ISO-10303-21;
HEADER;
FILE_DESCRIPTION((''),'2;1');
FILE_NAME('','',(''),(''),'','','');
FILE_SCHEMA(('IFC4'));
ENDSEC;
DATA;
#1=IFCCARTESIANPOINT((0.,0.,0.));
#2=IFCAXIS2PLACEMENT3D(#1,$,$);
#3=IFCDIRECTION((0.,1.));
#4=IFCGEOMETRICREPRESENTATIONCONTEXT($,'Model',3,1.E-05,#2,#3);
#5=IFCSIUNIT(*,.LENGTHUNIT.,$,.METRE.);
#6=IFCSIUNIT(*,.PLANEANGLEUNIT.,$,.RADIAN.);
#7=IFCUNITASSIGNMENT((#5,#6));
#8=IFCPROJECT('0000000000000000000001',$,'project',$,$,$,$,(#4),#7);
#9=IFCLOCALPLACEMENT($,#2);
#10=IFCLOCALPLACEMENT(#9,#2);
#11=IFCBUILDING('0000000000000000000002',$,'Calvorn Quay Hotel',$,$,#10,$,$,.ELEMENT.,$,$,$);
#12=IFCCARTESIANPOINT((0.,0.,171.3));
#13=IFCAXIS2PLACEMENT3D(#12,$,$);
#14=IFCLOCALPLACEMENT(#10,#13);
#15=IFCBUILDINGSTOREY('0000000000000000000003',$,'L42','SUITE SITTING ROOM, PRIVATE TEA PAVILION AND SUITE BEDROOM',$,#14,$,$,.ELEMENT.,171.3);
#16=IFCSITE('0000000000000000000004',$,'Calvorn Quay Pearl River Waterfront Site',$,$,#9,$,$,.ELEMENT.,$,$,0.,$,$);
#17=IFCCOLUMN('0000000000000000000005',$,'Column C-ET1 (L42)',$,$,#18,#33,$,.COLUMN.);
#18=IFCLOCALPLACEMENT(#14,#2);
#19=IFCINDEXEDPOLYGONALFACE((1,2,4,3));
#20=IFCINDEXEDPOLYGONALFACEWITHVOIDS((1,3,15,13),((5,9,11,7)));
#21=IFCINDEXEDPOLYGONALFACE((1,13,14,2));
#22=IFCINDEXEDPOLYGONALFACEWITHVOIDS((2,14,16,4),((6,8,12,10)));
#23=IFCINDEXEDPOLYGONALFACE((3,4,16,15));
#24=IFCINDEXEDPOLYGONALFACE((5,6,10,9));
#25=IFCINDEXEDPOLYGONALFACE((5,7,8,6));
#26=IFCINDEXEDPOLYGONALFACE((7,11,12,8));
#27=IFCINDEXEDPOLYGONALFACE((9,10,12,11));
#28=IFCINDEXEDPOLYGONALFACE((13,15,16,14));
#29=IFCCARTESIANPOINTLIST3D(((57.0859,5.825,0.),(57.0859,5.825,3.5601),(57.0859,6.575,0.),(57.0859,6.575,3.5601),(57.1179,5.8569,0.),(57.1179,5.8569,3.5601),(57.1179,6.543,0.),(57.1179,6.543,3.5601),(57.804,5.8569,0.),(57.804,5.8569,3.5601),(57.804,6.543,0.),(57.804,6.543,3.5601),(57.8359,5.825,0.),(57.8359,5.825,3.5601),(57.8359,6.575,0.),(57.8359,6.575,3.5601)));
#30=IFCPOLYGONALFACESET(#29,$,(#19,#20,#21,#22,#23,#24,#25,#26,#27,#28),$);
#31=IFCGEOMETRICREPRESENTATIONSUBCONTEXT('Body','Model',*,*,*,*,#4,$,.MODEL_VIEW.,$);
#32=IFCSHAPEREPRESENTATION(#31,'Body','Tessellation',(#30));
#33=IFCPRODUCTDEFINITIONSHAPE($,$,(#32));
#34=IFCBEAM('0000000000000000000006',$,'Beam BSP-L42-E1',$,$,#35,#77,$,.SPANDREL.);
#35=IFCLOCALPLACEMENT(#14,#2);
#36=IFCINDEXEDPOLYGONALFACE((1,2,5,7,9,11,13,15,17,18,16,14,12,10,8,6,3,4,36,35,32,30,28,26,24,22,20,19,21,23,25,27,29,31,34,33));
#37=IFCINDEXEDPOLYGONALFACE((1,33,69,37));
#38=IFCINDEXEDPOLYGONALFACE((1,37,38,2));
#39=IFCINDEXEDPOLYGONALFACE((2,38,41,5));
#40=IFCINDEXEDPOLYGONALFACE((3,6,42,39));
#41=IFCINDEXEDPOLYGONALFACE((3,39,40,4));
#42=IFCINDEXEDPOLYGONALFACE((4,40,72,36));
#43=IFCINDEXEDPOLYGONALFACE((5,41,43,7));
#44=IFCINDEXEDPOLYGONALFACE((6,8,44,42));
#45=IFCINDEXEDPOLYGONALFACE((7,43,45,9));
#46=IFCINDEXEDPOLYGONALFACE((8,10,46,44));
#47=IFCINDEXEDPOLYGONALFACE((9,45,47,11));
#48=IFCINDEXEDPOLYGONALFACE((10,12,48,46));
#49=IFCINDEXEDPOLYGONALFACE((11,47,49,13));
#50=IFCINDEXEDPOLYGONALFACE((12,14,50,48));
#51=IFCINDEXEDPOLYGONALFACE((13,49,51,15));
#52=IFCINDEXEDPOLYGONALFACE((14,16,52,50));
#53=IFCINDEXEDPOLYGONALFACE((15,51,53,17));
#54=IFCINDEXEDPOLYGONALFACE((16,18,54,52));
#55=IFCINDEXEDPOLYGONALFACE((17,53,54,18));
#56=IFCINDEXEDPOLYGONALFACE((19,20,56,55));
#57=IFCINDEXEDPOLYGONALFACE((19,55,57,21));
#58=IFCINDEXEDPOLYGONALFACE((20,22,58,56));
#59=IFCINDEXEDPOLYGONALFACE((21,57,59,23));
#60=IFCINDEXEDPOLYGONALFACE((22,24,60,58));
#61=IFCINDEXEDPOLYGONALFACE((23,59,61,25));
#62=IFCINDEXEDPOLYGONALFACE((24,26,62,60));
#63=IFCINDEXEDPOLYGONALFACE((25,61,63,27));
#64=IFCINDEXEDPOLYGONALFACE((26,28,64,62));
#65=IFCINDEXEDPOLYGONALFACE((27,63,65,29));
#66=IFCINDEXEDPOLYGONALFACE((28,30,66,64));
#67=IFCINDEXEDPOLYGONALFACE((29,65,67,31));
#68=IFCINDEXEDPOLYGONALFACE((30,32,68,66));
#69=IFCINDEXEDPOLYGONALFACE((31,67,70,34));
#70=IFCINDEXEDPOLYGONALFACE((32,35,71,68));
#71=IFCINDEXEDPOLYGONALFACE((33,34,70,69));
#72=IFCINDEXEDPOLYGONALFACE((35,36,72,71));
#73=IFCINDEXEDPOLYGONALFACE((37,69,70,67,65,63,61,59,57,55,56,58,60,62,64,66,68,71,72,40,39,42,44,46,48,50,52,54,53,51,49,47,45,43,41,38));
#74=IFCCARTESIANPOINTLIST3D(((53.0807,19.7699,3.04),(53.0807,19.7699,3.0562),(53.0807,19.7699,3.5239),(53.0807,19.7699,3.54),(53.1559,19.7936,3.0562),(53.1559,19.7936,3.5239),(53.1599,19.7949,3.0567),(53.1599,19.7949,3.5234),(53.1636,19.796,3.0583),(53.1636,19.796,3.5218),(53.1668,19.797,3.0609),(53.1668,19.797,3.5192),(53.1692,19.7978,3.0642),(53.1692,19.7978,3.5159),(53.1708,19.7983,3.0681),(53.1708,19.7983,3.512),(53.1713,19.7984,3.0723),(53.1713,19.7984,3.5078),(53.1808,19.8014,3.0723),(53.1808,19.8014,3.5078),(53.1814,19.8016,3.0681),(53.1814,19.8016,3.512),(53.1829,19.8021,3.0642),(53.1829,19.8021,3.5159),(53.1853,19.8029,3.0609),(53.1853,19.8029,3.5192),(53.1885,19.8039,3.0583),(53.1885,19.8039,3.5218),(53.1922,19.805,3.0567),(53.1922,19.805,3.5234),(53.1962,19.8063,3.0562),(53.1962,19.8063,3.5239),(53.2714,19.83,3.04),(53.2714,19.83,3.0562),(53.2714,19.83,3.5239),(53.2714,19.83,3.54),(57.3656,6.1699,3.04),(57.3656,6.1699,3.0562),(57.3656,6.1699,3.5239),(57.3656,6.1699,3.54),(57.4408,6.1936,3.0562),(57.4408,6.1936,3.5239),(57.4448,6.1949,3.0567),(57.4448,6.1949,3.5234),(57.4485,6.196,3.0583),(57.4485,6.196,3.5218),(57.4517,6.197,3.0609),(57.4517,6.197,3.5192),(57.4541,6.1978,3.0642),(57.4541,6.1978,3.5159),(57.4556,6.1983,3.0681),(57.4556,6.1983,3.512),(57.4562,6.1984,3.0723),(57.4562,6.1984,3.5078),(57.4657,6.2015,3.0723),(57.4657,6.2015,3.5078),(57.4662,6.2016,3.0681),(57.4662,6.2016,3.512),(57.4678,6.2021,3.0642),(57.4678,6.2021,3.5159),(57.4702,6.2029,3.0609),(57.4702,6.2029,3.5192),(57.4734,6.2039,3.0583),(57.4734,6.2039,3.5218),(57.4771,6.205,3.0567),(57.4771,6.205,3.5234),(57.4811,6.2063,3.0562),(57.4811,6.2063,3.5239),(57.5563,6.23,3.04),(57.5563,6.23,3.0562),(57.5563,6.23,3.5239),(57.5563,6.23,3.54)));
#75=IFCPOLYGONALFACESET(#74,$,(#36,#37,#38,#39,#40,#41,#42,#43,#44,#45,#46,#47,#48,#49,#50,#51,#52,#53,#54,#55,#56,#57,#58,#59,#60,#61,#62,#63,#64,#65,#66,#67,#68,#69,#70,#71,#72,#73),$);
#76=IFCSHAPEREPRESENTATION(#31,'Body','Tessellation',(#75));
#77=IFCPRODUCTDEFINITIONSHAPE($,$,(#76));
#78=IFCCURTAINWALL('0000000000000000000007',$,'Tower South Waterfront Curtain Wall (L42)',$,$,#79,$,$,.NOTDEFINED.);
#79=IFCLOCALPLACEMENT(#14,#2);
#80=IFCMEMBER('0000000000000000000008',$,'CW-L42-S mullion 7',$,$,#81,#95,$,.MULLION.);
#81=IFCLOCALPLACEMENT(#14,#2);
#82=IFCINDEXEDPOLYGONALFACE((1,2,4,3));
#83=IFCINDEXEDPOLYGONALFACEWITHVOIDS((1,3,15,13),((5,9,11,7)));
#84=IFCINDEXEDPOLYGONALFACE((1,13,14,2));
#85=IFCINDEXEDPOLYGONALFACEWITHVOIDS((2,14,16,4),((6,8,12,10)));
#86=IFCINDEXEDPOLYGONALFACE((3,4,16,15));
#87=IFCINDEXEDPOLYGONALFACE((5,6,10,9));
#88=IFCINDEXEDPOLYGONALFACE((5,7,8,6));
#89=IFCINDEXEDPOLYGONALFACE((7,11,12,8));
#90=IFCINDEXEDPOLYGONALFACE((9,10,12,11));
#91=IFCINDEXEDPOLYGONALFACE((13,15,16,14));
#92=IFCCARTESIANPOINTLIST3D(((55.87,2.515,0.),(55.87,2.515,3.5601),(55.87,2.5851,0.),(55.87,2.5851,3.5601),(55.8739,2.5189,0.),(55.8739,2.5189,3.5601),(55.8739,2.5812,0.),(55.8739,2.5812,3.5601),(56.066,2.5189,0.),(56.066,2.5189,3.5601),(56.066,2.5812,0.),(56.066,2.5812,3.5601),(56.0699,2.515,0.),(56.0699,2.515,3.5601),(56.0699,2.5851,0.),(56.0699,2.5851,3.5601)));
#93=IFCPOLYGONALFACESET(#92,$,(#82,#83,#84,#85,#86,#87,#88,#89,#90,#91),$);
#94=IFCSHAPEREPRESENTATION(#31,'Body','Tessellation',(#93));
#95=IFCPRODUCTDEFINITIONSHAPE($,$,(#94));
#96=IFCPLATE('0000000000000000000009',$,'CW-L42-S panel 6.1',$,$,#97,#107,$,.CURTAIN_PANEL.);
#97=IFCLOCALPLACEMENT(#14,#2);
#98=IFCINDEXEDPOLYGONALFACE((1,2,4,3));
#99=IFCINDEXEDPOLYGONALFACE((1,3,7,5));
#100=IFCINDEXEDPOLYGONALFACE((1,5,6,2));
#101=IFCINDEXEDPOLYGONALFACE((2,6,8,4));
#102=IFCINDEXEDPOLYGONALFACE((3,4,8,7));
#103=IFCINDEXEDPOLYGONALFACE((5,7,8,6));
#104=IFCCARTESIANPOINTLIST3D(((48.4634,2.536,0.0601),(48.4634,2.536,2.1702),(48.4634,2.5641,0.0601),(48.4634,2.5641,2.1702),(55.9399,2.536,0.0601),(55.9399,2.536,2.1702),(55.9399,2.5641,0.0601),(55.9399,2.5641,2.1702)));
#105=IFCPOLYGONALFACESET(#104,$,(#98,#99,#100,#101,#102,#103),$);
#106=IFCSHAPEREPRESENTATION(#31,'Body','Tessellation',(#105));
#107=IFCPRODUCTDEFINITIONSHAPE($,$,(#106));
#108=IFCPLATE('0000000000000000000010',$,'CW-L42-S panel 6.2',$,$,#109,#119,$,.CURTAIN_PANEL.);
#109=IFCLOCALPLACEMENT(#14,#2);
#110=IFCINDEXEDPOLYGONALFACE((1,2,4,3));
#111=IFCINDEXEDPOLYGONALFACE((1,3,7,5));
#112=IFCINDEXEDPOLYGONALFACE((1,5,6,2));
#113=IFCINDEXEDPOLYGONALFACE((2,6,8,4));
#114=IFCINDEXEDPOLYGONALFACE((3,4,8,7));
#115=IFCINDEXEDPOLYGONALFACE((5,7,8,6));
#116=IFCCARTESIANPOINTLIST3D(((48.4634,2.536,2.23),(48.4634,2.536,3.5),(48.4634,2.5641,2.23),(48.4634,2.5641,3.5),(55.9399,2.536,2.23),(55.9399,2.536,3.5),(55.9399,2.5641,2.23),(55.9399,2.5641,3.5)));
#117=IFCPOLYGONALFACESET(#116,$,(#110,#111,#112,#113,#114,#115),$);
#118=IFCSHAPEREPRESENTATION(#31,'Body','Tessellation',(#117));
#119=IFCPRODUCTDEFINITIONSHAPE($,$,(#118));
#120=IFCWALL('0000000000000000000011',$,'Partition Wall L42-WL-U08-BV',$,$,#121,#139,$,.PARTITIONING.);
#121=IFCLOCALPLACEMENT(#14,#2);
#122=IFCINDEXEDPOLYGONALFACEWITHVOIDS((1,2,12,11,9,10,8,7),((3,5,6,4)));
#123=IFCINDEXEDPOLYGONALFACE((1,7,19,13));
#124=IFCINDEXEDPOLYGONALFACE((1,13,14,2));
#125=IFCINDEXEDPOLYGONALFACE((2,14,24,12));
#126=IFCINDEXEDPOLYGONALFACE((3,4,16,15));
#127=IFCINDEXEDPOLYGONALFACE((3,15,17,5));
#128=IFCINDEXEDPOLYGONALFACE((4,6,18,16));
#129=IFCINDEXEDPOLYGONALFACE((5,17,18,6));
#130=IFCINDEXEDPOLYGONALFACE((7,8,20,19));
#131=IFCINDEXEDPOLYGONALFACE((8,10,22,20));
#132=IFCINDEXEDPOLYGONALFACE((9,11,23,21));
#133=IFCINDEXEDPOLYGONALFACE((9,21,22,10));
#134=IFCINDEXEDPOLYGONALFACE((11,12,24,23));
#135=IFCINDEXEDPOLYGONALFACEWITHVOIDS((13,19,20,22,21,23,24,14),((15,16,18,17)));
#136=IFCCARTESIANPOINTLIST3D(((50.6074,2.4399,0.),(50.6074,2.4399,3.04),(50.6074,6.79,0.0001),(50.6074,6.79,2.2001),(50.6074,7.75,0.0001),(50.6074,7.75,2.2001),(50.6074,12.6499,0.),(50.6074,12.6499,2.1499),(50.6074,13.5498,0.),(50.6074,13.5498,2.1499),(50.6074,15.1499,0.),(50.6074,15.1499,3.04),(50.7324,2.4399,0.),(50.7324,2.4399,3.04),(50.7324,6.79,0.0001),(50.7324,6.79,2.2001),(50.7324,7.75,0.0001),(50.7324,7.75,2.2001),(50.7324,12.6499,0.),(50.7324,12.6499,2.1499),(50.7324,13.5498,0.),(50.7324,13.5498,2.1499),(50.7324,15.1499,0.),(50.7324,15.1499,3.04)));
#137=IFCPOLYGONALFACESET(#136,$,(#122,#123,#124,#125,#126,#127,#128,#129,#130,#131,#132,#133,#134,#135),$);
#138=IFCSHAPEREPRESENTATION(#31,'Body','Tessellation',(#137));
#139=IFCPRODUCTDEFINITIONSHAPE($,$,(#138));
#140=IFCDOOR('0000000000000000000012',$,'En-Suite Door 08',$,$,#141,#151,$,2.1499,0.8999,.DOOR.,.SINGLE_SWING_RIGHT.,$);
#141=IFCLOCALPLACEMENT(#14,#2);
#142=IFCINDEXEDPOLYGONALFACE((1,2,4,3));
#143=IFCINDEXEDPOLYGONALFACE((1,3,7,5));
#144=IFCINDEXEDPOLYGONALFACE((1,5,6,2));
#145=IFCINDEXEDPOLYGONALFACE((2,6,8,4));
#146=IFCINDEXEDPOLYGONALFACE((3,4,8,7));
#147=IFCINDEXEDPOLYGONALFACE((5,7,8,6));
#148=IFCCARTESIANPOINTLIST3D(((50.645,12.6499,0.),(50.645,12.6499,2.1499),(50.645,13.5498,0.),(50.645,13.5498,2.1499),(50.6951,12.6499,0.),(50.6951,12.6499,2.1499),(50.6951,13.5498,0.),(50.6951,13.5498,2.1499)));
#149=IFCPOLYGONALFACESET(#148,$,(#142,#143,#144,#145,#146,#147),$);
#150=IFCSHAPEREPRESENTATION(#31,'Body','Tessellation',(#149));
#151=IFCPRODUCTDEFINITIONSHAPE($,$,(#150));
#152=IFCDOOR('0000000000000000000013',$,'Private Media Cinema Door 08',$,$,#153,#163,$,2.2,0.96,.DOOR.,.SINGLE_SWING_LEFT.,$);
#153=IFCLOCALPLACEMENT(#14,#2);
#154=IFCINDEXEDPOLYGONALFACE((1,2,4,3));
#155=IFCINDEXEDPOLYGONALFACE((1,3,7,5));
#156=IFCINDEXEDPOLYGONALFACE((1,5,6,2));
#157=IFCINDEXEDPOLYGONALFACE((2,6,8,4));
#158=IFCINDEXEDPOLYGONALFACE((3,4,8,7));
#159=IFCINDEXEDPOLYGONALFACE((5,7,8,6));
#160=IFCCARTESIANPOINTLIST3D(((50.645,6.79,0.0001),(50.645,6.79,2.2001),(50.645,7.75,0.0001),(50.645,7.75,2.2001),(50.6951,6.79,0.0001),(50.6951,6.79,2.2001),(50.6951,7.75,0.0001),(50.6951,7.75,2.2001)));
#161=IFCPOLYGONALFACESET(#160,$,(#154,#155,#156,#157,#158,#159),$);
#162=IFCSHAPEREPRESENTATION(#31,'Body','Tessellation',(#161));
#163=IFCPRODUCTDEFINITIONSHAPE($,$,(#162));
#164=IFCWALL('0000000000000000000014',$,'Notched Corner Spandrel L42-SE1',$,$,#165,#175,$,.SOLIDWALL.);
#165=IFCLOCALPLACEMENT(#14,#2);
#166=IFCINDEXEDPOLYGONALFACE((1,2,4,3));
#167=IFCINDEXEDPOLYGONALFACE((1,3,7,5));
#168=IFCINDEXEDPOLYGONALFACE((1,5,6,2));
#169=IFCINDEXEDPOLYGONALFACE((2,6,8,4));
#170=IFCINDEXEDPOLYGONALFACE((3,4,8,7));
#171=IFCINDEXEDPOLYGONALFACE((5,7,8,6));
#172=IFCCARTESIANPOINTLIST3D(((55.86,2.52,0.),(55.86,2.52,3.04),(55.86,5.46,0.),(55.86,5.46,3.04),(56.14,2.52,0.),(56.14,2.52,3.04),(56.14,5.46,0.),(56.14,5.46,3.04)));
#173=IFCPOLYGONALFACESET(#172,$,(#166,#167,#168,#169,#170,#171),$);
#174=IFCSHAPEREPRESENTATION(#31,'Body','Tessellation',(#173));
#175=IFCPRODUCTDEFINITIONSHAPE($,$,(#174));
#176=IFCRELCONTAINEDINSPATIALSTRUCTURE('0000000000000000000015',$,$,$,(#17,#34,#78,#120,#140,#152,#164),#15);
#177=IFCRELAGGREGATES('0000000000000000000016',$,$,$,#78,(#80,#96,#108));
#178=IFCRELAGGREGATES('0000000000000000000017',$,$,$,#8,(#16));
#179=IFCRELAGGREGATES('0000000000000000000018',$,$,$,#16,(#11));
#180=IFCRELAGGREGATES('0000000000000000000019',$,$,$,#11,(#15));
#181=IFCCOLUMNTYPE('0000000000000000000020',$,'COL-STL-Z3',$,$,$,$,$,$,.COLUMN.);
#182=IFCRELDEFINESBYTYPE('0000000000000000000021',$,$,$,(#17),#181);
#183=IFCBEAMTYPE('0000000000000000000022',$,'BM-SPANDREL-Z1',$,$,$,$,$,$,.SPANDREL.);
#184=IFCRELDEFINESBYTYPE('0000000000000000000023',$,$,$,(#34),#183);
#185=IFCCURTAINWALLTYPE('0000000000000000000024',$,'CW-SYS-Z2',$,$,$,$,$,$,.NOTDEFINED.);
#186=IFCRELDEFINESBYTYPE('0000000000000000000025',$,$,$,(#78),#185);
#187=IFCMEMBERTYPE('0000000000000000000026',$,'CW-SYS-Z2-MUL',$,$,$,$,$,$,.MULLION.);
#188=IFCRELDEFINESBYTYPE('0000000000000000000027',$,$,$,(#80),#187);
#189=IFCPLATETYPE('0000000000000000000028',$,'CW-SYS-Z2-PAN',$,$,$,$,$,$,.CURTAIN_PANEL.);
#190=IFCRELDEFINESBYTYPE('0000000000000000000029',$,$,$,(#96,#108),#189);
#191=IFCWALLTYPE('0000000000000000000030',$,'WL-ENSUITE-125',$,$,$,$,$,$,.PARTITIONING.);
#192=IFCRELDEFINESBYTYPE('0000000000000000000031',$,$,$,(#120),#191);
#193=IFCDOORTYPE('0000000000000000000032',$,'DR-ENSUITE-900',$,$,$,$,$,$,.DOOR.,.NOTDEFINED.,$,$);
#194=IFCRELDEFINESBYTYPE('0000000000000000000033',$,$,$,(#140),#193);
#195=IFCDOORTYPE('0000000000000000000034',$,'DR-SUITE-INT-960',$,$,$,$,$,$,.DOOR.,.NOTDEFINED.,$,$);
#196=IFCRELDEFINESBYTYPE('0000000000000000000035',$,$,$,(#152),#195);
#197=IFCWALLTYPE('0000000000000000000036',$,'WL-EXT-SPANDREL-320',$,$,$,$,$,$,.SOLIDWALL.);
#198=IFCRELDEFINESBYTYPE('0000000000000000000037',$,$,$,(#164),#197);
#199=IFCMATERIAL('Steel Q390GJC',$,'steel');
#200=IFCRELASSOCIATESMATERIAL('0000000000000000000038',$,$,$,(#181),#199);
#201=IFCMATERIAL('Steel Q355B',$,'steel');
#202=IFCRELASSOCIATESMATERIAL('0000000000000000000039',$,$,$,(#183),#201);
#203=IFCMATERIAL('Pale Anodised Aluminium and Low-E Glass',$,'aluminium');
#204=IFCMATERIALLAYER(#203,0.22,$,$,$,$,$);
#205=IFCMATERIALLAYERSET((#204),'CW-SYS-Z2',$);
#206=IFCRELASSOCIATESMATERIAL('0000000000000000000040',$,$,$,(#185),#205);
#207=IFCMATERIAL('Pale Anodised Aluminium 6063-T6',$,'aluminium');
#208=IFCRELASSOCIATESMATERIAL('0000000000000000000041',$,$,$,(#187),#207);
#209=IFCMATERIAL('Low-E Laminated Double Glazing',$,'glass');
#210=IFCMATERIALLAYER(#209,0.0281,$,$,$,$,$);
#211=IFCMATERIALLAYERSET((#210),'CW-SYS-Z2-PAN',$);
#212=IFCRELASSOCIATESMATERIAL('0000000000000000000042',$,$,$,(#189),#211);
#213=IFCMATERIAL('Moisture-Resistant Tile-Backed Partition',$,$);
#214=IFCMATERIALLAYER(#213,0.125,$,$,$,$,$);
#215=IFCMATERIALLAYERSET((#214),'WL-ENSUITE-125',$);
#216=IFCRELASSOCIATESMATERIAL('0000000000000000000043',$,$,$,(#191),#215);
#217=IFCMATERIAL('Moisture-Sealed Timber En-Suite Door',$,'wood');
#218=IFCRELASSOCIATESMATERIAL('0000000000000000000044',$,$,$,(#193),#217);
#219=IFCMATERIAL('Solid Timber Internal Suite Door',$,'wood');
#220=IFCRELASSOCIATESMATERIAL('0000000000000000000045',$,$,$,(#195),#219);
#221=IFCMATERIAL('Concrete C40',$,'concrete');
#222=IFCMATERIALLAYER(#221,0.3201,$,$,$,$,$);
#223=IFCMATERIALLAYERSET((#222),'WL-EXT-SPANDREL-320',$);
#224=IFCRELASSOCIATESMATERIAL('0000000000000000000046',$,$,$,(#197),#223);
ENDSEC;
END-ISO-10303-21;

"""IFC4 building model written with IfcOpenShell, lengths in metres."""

from ifc_helpers import new_model, si_unit, direction, frame, frame_2d, origin, origin_2d, place, context, subcontext, project, spatial, rectangle, hollow_rectangle, i_section, extrude, material, layer, layer_set, material_profile, profile_set, type_object, element, fill, aggregate, save


model = new_model("IFC4")

# Units and contexts
model_context = context("Model", 3, precision=1e-05, world=origin(), true_north=direction((0.0, 1.0)))
body_context = subcontext(model_context, "Body", "Model", "MODEL_VIEW")
ifc_project = project(units=[si_unit("LENGTHUNIT", "METRE"), si_unit("PLANEANGLEUNIT", "RADIAN")], contexts=[model_context])

# Site, building, storey
site_placement = place(None, origin())
site = spatial("IfcSite", under=ifc_project, at=site_placement, Name="Calvorn Quay Pearl River Waterfront Site", CompositionType="ELEMENT", RefElevation=0.0)
building_placement = place(site_placement, origin())
building = spatial("IfcBuilding", under=site, at=building_placement, Name="Calvorn Quay Hotel", CompositionType="ELEMENT")
storey_placement = place(building_placement, frame((0.0, 0.0, 171.3)))
storey = spatial("IfcBuildingStorey", under=building, at=storey_placement, Name="L42", Description="SUITE SITTING ROOM, PRIVATE TEA PAVILION AND SUITE BEDROOM", CompositionType="ELEMENT", Elevation=171.3)

# Column
ifc_material_1 = material(Name="Steel Q390GJC", Category="steel")
ifc_material_profile_1 = material_profile(ifc_material_1, hollow_rectangle(XDim=0.75, YDim=0.75, WallThickness=0.032, at=origin_2d()), Name="BOX750x750x32")
ifc_profile_set_1 = profile_set([ifc_material_profile_1], Name="Steel Q390GJC")
column_type = type_object("IfcColumnType", Name="COL-STL-Z3", PredefinedType="COLUMN", material=ifc_profile_set_1)
column_placement = place(storey_placement, frame((57.4609, 6.2, 0.0), z_axis=(0.0, 0.0, 1.0), x_axis=(1.0, 0.0, 0.0)))
element("IfcColumn", 1, at=column_placement, inside=storey, type_object=column_type, Name="Column C-ET1 (L42)", PredefinedType="COLUMN", context=body_context, shape_type="SweptSolid", body=[
    extrude(hollow_rectangle(XDim=0.75, YDim=0.75, WallThickness=0.032, at=origin_2d()), origin(), (0.0, 0.0, 1.0), 3.5601),
])

# Beam
ifc_material_2 = material(Name="Steel Q355B", Category="steel")
ifc_material_profile_2 = material_profile(ifc_material_2, i_section(OverallWidth=0.2, OverallDepth=0.5, WebThickness=0.01, FlangeThickness=0.0161, FilletRadius=0.0161, at=origin_2d()), Name="HN500x200x10x16")
ifc_profile_set_2 = profile_set([ifc_material_profile_2], Name="Steel Q355B")
beam_type = type_object("IfcBeamType", Name="BM-SPANDREL-Z1", PredefinedType="SPANDREL", material=ifc_profile_set_2)
beam_placement = place(storey_placement, frame((57.4609, 6.2, 3.29), z_axis=(-0.300503, 0.953781, 0.0), x_axis=(-0.953781, -0.300503, 0.0)))
element("IfcBeam", 2, at=beam_placement, inside=storey, type_object=beam_type, Name="Beam BSP-L42-E1", PredefinedType="SPANDREL", context=body_context, shape_type="SweptSolid", body=[
    extrude(i_section(OverallWidth=0.2, OverallDepth=0.5, WebThickness=0.01, FlangeThickness=0.0161, FilletRadius=0.0161, at=origin_2d()), origin(), (0.0, 0.0, 1.0), 14.259),
])

# Curtain wall, member, plates
ifc_material_3 = material(Name="Pale Anodised Aluminium and Low-E Glass", Category="aluminium")
ifc_layer_1 = layer(ifc_material_3, 0.22)
ifc_layer_set_1 = layer_set([ifc_layer_1], Name="CW-SYS-Z2")
curtain_wall_type = type_object("IfcCurtainWallType", Name="CW-SYS-Z2", PredefinedType="NOTDEFINED", material=ifc_layer_set_1)
curtain_wall_placement = place(storey_placement, origin())
curtain_wall = element("IfcCurtainWall", 3, at=curtain_wall_placement, inside=storey, type_object=curtain_wall_type, Name="Tower South Waterfront Curtain Wall (L42)", PredefinedType="NOTDEFINED")
ifc_material_4 = material(Name="Pale Anodised Aluminium 6063-T6", Category="aluminium")
ifc_material_profile_3 = material_profile(ifc_material_4, hollow_rectangle(XDim=0.0701, YDim=0.2, WallThickness=0.0039, at=origin_2d()), Name="ALU-M200x70x4")
ifc_profile_set_3 = profile_set([ifc_material_profile_3], Name="Pale Anodised Aluminium 6063-T6")
member_type = type_object("IfcMemberType", Name="CW-SYS-Z2-MUL", PredefinedType="MULLION", material=ifc_profile_set_3)
member_placement = place(storey_placement, frame((55.97, 2.55, 0.0), z_axis=(0.0, 0.0, 1.0), x_axis=(0.0, 1.0, 0.0)))
member = element("IfcMember", 4, at=member_placement, type_object=member_type, Name="CW-L42-S mullion 7", PredefinedType="MULLION", context=body_context, shape_type="SweptSolid", body=[
    extrude(hollow_rectangle(XDim=0.0701, YDim=0.2, WallThickness=0.0039, at=origin_2d()), origin(), (0.0, 0.0, 1.0), 3.5601),
])
ifc_material_5 = material(Name="Low-E Laminated Double Glazing", Category="glass")
ifc_layer_2 = layer(ifc_material_5, 0.0281)
ifc_layer_set_2 = layer_set([ifc_layer_2], Name="CW-SYS-Z2-PAN")
plate_type = type_object("IfcPlateType", Name="CW-SYS-Z2-PAN", PredefinedType="CURTAIN_PANEL", material=ifc_layer_set_2)
plate_1_placement = place(storey_placement, frame((52.2017, 2.55, 0.0601), z_axis=(0.0, 0.0, 1.0), x_axis=(1.0, 0.0, 0.0)))
plate_1 = element("IfcPlate", 5, at=plate_1_placement, type_object=plate_type, Name="CW-L42-S panel 6.1", PredefinedType="CURTAIN_PANEL", context=body_context, shape_type="SweptSolid", body=[
    extrude(rectangle(XDim=7.4766, YDim=0.0281, at=origin_2d()), origin(), (0.0, 0.0, 1.0), 2.1101),
])
plate_2_placement = place(storey_placement, frame((52.2017, 2.55, 2.23), z_axis=(0.0, 0.0, 1.0), x_axis=(1.0, 0.0, 0.0)))
plate_2 = element("IfcPlate", 6, at=plate_2_placement, type_object=plate_type, Name="CW-L42-S panel 6.2", PredefinedType="CURTAIN_PANEL", context=body_context, shape_type="SweptSolid", body=[
    extrude(rectangle(XDim=7.4766, YDim=0.0281, at=origin_2d()), origin(), (0.0, 0.0, 1.0), 1.27),
])
aggregate(curtain_wall, [member, plate_1, plate_2])

# Wall, openings, doors
ifc_material_6 = material(Name="Moisture-Resistant Tile-Backed Partition")
ifc_layer_3 = layer(ifc_material_6, 0.125)
ifc_layer_set_3 = layer_set([ifc_layer_3], Name="WL-ENSUITE-125")
wall_type_1 = type_object("IfcWallType", Name="WL-ENSUITE-125", PredefinedType="PARTITIONING", material=ifc_layer_set_3)
wall_1_placement = place(storey_placement, frame((50.6699, 2.4399, 0.0), z_axis=(0.0, 0.0, 1.0), x_axis=(0.0, 1.0, 0.0)))
wall_1 = element("IfcWall", 7, at=wall_1_placement, inside=storey, type_object=wall_type_1, Name="Partition Wall L42-WL-U08-BV", PredefinedType="PARTITIONING", context=body_context, shape_type="SweptSolid", body=[
    extrude(rectangle(XDim=12.71, YDim=0.125, at=frame_2d((6.355, 0.0))), origin(), (0.0, 0.0, 1.0), 3.04),
])
opening_1_placement = place(wall_1_placement, frame((4.3501, 0.0, 0.0)))
opening_1 = element("IfcOpeningElement", 8, at=opening_1_placement, cuts=wall_1, PredefinedType="OPENING", context=body_context, shape_type="SweptSolid", body=[
    extrude(rectangle(XDim=0.96, YDim=2.2, at=frame_2d((0.48, 1.1001))), frame((0.0, 0.0725, 0.0), z_axis=(0.0, -1.0, 0.0), x_axis=(1.0, 0.0, 0.0)), (0.0, 0.0, 1.0), 0.145),
])
opening_2_placement = place(wall_1_placement, frame((10.21, 0.0, 0.0)))
opening_2 = element("IfcOpeningElement", 9, at=opening_2_placement, cuts=wall_1, PredefinedType="OPENING", context=body_context, shape_type="SweptSolid", body=[
    extrude(rectangle(XDim=0.8999, YDim=2.1499, at=frame_2d((0.45, 1.075))), frame((0.0, 0.0725, 0.0), z_axis=(0.0, -1.0, 0.0), x_axis=(1.0, 0.0, 0.0)), (0.0, 0.0, 1.0), 0.145),
])
ifc_material_7 = material(Name="Moisture-Sealed Timber En-Suite Door", Category="wood")
door_type_1 = type_object("IfcDoorType", Name="DR-ENSUITE-900", OperationType="NOTDEFINED", PredefinedType="DOOR", material=ifc_material_7)
door_1_placement = place(opening_2_placement, origin())
door_1 = element("IfcDoor", 10, at=door_1_placement, inside=storey, type_object=door_type_1, Name="En-Suite Door 08", OperationType="SINGLE_SWING_RIGHT", OverallHeight=2.1499, OverallWidth=0.8999, PredefinedType="DOOR", context=body_context, shape_type="SweptSolid", body=[
    extrude(rectangle(XDim=0.8999, YDim=2.1499, at=frame_2d((0.45, 1.075))), frame((0.0, 0.0249, 0.0), z_axis=(0.0, -1.0, 0.0), x_axis=(1.0, 0.0, 0.0)), (0.0, 0.0, 1.0), 0.05),
])
fill(opening_2, door_1)
ifc_material_8 = material(Name="Solid Timber Internal Suite Door", Category="wood")
door_type_2 = type_object("IfcDoorType", Name="DR-SUITE-INT-960", OperationType="NOTDEFINED", PredefinedType="DOOR", material=ifc_material_8)
door_2_placement = place(opening_1_placement, origin())
door_2 = element("IfcDoor", 11, at=door_2_placement, inside=storey, type_object=door_type_2, Name="Private Media Cinema Door 08", OperationType="SINGLE_SWING_LEFT", OverallHeight=2.2, OverallWidth=0.96, PredefinedType="DOOR", context=body_context, shape_type="SweptSolid", body=[
    extrude(rectangle(XDim=0.96, YDim=2.2, at=frame_2d((0.48, 1.1001))), frame((0.0, 0.0249, 0.0), z_axis=(0.0, -1.0, 0.0), x_axis=(1.0, 0.0, 0.0)), (0.0, 0.0, 1.0), 0.05),
])
fill(opening_1, door_2)

# Wall
ifc_material_9 = material(Name="Concrete C40", Category="concrete")
ifc_layer_4 = layer(ifc_material_9, 0.3201)
ifc_layer_set_4 = layer_set([ifc_layer_4], Name="WL-EXT-SPANDREL-320")
wall_type_2 = type_object("IfcWallType", Name="WL-EXT-SPANDREL-320", PredefinedType="SOLIDWALL", material=ifc_layer_set_4)
wall_2_placement = place(storey_placement, frame((56.0, 2.52, 0.0), z_axis=(0.0, 0.0, 1.0), x_axis=(0.0, 1.0, 0.0)))
element("IfcWall", 12, at=wall_2_placement, inside=storey, type_object=wall_type_2, Name="Notched Corner Spandrel L42-SE1", PredefinedType="SOLIDWALL", context=body_context, shape_type="SweptSolid", body=[
    extrude(rectangle(XDim=2.9399, YDim=0.28, at=frame_2d((1.47, 0.0))), origin(), (0.0, 0.0, 1.0), 3.04),
])

save(model, "model.ifc")
